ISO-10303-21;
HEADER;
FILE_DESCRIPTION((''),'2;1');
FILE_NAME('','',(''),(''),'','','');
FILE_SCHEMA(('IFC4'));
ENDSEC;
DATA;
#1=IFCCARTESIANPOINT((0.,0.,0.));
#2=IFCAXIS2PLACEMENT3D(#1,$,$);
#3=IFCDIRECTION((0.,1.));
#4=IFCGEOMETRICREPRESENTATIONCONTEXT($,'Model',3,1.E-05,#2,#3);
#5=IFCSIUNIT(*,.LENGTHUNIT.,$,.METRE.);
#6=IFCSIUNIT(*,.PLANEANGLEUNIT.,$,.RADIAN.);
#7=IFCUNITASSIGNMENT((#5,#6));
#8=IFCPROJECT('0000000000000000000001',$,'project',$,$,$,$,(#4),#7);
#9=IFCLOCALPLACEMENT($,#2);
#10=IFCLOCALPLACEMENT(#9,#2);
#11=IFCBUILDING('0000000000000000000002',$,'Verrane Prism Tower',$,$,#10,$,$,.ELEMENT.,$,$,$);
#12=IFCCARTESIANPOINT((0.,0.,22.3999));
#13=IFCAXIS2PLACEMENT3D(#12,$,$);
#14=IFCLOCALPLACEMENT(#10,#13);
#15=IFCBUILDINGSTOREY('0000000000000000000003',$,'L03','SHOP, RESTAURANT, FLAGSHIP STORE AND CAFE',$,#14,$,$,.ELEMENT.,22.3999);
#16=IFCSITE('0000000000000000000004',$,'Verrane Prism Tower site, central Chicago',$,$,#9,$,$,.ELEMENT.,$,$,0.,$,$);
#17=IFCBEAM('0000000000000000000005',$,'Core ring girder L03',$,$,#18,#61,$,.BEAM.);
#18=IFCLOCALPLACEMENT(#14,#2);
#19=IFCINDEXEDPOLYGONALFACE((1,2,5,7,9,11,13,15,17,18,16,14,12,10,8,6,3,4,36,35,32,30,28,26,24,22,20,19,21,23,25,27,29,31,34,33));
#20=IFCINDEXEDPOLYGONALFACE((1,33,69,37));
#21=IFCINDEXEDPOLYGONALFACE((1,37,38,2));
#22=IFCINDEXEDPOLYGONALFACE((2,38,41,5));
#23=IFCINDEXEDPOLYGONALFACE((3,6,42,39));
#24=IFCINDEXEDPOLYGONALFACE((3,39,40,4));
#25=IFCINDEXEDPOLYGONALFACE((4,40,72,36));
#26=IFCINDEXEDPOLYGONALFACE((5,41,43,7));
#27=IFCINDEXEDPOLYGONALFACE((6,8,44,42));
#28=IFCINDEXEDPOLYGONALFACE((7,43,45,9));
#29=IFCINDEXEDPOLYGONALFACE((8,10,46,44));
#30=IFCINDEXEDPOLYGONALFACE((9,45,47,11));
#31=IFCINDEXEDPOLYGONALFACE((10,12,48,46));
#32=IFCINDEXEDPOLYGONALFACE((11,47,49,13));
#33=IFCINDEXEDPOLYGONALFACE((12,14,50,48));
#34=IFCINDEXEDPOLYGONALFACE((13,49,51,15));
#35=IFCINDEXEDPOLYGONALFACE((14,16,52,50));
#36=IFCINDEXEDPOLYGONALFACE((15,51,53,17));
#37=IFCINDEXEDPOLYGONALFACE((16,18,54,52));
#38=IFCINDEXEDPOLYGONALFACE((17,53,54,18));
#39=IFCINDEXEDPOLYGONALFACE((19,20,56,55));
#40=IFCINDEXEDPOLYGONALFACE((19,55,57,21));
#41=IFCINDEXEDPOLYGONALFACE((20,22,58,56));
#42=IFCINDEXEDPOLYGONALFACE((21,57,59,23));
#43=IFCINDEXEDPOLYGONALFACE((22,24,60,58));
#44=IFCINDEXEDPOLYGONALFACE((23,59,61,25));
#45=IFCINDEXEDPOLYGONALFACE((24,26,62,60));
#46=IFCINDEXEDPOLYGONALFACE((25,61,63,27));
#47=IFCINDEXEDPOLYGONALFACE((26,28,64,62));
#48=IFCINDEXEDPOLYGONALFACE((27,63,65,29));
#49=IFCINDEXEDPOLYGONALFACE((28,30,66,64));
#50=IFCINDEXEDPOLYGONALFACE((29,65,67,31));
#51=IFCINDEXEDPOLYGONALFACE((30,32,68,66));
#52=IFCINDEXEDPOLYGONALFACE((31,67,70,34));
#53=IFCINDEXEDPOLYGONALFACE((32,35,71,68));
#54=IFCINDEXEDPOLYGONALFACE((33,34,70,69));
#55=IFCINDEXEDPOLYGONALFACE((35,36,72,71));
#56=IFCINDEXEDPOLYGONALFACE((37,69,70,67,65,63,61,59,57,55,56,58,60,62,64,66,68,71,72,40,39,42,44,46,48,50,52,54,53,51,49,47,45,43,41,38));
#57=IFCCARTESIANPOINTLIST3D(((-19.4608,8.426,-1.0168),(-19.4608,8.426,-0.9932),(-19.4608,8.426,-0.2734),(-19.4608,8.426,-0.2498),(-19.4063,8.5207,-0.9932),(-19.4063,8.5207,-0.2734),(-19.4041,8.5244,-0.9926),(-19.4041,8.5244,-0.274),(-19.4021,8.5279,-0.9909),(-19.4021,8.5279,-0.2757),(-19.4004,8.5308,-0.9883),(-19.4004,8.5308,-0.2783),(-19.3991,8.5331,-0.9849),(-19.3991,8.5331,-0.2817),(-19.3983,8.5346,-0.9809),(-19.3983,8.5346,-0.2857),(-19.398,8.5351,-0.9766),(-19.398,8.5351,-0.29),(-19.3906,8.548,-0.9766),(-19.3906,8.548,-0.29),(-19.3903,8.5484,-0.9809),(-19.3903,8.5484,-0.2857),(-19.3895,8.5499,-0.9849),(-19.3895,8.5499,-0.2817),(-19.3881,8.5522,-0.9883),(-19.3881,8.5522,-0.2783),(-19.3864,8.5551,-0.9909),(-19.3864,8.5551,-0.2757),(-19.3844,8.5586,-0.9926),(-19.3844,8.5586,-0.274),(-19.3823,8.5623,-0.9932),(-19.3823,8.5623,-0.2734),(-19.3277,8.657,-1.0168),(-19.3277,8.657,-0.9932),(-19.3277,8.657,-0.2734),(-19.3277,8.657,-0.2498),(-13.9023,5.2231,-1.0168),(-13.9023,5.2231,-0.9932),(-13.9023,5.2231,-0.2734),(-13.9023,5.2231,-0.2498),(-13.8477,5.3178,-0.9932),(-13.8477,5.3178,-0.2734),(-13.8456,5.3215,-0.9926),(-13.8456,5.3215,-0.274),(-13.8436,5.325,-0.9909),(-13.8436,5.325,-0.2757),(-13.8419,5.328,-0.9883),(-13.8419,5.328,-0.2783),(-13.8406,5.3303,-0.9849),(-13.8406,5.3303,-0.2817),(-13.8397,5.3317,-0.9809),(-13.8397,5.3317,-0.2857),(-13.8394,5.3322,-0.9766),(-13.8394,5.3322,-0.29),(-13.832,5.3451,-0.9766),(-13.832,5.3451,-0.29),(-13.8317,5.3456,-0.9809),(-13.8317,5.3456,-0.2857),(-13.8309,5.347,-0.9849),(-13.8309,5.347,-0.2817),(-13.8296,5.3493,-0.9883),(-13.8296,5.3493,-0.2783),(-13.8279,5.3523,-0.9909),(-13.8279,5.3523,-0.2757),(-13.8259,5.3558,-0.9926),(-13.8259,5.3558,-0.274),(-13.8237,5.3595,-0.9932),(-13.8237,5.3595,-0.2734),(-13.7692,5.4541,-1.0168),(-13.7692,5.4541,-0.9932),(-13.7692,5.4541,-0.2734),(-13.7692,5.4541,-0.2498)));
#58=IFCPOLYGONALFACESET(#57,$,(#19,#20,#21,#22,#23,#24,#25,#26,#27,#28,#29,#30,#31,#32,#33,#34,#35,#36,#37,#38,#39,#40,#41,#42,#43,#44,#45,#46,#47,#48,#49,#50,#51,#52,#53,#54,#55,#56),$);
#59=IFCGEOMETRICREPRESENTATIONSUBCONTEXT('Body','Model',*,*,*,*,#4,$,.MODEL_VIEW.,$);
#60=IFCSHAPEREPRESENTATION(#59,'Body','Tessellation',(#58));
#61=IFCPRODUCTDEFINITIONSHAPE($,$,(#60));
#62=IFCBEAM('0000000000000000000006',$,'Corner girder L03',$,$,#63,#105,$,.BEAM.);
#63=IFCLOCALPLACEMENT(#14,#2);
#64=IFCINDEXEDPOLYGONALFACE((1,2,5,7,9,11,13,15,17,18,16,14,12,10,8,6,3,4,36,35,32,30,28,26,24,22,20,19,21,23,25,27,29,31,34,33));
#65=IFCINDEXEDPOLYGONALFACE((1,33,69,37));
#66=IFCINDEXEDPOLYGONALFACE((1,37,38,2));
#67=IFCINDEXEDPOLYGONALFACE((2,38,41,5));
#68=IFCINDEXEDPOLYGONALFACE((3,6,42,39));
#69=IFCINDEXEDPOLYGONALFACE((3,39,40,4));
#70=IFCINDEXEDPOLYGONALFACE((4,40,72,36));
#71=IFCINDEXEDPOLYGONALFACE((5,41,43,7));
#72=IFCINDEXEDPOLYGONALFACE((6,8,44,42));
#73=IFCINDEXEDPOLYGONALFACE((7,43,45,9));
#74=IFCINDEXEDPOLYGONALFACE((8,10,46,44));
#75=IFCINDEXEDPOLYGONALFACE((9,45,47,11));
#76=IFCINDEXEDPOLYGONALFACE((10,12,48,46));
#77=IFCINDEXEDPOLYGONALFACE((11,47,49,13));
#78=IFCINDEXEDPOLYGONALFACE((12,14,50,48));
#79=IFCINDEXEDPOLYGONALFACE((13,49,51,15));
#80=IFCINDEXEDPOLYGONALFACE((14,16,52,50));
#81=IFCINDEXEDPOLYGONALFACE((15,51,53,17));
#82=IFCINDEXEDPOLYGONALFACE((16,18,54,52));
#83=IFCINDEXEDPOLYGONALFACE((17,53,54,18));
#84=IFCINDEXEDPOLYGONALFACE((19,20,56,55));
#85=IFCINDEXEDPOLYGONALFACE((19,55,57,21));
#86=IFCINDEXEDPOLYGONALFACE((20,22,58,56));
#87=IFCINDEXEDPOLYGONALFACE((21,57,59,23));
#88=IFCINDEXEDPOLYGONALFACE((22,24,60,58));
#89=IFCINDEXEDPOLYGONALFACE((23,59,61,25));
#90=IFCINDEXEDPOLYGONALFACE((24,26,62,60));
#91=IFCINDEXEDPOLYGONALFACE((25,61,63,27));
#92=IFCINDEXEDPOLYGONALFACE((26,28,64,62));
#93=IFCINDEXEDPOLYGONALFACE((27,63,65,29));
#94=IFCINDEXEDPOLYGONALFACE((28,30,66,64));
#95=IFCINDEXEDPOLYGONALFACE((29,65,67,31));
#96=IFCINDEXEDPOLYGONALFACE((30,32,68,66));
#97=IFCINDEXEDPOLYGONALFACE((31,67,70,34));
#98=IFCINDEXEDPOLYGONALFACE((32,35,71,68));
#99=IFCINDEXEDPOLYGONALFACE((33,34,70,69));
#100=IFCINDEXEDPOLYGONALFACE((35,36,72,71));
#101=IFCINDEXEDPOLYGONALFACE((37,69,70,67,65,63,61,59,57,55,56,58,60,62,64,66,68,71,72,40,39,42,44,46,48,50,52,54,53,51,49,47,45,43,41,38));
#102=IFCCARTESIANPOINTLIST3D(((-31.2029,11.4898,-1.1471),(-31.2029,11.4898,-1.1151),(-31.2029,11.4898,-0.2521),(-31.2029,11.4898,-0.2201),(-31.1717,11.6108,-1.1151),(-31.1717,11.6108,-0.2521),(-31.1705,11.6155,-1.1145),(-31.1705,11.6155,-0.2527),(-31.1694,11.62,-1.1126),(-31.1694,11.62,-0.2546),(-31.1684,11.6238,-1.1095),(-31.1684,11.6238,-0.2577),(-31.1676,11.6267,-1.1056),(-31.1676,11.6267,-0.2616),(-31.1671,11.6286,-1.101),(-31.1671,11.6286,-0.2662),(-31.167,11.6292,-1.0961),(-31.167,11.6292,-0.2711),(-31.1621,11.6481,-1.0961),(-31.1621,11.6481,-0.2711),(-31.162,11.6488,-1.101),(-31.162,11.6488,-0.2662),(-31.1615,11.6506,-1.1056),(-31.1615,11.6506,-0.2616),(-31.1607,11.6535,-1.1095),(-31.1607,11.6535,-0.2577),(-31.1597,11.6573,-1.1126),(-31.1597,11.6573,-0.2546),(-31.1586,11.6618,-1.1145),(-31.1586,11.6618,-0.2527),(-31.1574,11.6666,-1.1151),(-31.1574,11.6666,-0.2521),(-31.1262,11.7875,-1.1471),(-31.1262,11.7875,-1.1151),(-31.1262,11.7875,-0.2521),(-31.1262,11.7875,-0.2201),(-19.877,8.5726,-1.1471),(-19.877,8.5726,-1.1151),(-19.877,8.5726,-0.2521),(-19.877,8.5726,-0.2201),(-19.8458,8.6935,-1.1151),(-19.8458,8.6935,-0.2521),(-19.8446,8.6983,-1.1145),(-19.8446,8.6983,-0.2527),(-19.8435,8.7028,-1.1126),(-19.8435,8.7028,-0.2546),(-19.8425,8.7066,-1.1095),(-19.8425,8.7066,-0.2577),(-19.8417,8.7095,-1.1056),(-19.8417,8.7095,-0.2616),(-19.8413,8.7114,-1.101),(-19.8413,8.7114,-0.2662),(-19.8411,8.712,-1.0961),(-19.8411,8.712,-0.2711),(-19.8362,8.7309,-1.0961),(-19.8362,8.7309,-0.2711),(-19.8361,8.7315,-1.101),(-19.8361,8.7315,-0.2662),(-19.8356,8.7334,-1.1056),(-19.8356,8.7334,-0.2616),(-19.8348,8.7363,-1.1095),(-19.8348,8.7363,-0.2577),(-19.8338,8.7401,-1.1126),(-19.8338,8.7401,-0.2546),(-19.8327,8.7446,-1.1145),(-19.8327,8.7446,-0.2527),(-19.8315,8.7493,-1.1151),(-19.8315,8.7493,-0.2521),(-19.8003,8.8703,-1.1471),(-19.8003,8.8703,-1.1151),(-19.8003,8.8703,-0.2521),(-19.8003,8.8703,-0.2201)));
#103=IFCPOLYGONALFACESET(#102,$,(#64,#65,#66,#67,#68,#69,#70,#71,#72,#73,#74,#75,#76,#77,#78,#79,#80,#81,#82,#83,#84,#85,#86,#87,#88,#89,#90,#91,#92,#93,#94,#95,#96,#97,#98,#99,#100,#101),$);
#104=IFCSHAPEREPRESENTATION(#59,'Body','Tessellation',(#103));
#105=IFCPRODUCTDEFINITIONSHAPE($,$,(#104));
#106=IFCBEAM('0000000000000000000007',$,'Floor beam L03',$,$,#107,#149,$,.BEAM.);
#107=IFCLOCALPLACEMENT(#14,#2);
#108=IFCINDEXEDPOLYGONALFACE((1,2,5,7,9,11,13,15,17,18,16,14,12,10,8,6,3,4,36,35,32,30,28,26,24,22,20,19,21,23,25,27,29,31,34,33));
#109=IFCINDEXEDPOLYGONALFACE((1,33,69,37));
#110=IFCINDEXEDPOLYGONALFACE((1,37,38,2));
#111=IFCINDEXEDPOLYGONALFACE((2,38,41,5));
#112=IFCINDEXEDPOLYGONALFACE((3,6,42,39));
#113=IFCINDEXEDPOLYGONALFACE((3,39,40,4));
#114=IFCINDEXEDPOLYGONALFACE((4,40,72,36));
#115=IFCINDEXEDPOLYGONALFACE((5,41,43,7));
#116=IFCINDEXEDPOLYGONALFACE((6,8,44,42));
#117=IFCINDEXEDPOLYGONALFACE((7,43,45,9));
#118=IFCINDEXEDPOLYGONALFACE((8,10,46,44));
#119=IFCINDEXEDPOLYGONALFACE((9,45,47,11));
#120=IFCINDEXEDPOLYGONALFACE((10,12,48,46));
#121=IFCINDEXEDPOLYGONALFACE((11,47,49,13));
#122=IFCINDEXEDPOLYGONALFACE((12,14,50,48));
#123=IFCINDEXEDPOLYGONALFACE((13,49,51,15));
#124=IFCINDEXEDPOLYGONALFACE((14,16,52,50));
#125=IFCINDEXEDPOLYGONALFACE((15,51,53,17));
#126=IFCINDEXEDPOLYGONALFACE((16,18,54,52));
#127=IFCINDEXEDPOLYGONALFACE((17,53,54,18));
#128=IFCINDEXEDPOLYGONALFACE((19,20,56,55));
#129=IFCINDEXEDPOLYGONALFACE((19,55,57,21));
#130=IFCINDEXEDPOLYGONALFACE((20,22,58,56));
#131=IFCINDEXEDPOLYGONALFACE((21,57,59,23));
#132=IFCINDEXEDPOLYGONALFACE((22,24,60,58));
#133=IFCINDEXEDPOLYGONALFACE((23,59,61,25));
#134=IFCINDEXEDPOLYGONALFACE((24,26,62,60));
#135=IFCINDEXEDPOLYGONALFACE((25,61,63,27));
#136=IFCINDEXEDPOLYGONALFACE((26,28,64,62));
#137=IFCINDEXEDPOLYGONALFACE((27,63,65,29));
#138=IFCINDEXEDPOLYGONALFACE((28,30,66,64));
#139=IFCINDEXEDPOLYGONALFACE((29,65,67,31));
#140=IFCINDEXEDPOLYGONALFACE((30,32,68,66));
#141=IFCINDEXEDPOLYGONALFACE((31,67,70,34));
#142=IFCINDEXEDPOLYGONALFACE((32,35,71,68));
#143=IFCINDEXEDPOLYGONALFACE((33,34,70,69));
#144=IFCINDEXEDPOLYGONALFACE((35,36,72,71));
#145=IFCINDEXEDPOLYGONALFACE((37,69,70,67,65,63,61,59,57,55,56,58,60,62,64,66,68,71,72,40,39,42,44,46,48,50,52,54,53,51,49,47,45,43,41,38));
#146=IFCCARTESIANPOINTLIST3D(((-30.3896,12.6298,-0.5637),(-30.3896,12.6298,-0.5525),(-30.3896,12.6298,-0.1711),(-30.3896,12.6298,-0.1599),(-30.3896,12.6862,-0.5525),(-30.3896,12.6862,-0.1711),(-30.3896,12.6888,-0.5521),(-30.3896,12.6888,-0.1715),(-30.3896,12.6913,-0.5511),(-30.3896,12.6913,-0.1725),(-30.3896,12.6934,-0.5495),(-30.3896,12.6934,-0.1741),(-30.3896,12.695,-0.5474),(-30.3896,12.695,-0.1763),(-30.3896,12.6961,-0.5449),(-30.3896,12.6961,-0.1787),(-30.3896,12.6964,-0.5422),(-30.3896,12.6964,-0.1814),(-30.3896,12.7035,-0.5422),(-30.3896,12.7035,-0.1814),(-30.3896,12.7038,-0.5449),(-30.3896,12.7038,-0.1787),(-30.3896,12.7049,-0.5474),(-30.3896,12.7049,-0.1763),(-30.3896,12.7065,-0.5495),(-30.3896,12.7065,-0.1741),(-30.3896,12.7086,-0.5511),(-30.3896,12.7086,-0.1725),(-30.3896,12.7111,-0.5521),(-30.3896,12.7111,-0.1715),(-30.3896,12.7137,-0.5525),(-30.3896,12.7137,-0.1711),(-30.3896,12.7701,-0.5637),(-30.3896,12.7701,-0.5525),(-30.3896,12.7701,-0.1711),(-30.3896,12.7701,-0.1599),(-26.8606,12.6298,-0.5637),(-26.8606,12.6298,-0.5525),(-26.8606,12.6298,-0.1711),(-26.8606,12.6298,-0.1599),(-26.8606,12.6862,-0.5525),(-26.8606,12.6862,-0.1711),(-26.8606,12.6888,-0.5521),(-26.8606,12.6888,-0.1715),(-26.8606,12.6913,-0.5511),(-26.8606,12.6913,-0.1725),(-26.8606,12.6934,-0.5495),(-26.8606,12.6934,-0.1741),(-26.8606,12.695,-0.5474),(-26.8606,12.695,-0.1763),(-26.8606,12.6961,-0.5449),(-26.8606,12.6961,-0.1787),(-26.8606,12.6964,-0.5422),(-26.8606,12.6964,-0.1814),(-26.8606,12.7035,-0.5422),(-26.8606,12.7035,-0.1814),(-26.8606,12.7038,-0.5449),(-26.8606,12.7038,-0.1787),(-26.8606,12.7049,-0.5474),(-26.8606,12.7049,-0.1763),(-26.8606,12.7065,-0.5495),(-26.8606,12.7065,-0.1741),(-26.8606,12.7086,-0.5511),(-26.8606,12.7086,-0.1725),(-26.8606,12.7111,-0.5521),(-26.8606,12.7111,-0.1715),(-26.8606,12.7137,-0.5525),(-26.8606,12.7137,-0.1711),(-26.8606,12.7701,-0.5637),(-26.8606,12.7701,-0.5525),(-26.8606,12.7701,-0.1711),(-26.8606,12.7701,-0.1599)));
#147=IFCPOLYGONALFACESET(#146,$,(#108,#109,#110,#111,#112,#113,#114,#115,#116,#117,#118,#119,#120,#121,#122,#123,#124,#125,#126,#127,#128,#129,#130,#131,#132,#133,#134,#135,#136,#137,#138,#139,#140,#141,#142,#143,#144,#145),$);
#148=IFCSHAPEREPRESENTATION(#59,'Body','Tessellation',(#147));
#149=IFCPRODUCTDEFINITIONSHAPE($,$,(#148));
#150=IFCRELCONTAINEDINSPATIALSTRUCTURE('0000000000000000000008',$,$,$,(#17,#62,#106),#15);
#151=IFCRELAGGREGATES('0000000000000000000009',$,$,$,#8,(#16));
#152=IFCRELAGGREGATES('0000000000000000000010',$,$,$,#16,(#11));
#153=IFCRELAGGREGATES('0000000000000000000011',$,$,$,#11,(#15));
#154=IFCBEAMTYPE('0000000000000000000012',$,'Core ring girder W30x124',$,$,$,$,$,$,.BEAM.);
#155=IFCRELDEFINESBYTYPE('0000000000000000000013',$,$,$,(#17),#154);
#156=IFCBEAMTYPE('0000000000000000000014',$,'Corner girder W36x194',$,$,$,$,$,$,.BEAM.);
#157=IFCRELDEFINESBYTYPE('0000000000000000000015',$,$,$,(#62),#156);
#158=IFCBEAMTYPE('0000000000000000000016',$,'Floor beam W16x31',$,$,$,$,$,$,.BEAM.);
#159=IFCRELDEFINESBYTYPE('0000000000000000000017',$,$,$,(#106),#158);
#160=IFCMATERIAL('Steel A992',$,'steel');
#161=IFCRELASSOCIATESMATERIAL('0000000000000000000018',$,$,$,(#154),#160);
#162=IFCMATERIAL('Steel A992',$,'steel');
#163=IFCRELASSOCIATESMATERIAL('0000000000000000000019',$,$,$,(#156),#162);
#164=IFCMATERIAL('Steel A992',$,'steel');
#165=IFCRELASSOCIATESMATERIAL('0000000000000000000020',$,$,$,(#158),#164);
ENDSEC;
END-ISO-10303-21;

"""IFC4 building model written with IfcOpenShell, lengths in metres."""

from ifc_helpers import new_model, si_unit, direction, frame, origin, origin_2d, place, context, subcontext, project, spatial, i_section, extrude, material, material_profile, profile_set, type_object, element, save


model = new_model("IFC4")

# Units and contexts
model_context = context("Model", 3, precision=1e-05, world=origin(), true_north=direction((0.0, 1.0)))
body_context = subcontext(model_context, "Body", "Model", "MODEL_VIEW")
ifc_project = project(units=[si_unit("LENGTHUNIT", "METRE"), si_unit("PLANEANGLEUNIT", "RADIAN")], contexts=[model_context])

# Site, building, storey
site_placement = place(None, origin())
site = spatial("IfcSite", under=ifc_project, at=site_placement, Name="Verrane Prism Tower site, central Chicago", CompositionType="ELEMENT", RefElevation=0.0)
building_placement = place(site_placement, origin())
building = spatial("IfcBuilding", under=site, at=building_placement, Name="Verrane Prism Tower", CompositionType="ELEMENT")
storey_placement = place(building_placement, frame((0.0, 0.0, 22.3999)))
storey = spatial("IfcBuildingStorey", under=building, at=storey_placement, Name="L03", Description="SHOP, RESTAURANT, FLAGSHIP STORE AND CAFE", CompositionType="ELEMENT", Elevation=22.3999)

# Beams
ifc_material_1 = material(Name="Steel A992", Category="steel")
ifc_material_profile_1 = material_profile(ifc_material_1, i_section(OverallWidth=0.2666, OverallDepth=0.7671, WebThickness=0.0149, FlangeThickness=0.0237, FilletRadius=0.0166, at=origin_2d()), Name="W30x124")
ifc_profile_set_1 = profile_set([ifc_material_profile_1], Name="Steel A992")
beam_type_1 = type_object("IfcBeamType", Name="Core ring girder W30x124", PredefinedType="BEAM", material=ifc_profile_set_1)
beam_1_placement = place(storey_placement, frame((-19.3943, 8.5415, -0.6333), z_axis=(0.866455, -0.499255, 0.0), x_axis=(0.499255, 0.866455, 0.0)))
element("IfcBeam", 1, at=beam_1_placement, inside=storey, type_object=beam_type_1, Name="Core ring girder L03", PredefinedType="BEAM", context=body_context, shape_type="SweptSolid", body=[
    extrude(i_section(OverallWidth=0.2666, OverallDepth=0.7671, WebThickness=0.0149, FlangeThickness=0.0237, FilletRadius=0.0166, at=origin_2d()), origin(), (0.0, 0.0, 1.0), 6.4153),
])
ifc_material_2 = material(Name="Steel A992", Category="steel")
ifc_material_profile_2 = material_profile(ifc_material_2, i_section(OverallWidth=0.3074, OverallDepth=0.927, WebThickness=0.0195, FlangeThickness=0.032, FilletRadius=0.019, at=origin_2d()), Name="W36x194")
ifc_profile_set_2 = profile_set([ifc_material_profile_2], Name="Steel A992")
beam_type_2 = type_object("IfcBeamType", Name="Corner girder W36x194", PredefinedType="BEAM", material=ifc_profile_set_2)
beam_2_placement = place(storey_placement, frame((-31.1646, 11.6387, -0.6836), z_axis=(0.968393, -0.24943, 0.0), x_axis=(0.24943, 0.968393, 0.0)))
element("IfcBeam", 2, at=beam_2_placement, inside=storey, type_object=beam_type_2, Name="Corner girder L03", PredefinedType="BEAM", context=body_context, shape_type="SweptSolid", body=[
    extrude(i_section(OverallWidth=0.3074, OverallDepth=0.927, WebThickness=0.0195, FlangeThickness=0.032, FilletRadius=0.019, at=origin_2d()), origin(), (0.0, 0.0, 1.0), 11.6956),
])
ifc_material_3 = material(Name="Steel A992", Category="steel")
ifc_material_profile_3 = material_profile(ifc_material_3, i_section(OverallWidth=0.1404, OverallDepth=0.4038, WebThickness=0.0071, FlangeThickness=0.0112, FilletRadius=0.0103, at=origin_2d()), Name="W16x31")
ifc_profile_set_3 = profile_set([ifc_material_profile_3], Name="Steel A992")
beam_type_3 = type_object("IfcBeamType", Name="Floor beam W16x31", PredefinedType="BEAM", material=ifc_profile_set_3)
beam_3_placement = place(storey_placement, frame((-30.3896, 12.7, -0.3618), z_axis=(1.0, 0.0, 0.0), x_axis=(0.0, 1.0, 0.0)))
element("IfcBeam", 3, at=beam_3_placement, inside=storey, type_object=beam_type_3, Name="Floor beam L03", PredefinedType="BEAM", context=body_context, shape_type="SweptSolid", body=[
    extrude(i_section(OverallWidth=0.1404, OverallDepth=0.4038, WebThickness=0.0071, FlangeThickness=0.0112, FilletRadius=0.0103, at=origin_2d()), origin(), (0.0, 0.0, 1.0), 3.5291),
])

save(model, "model.ifc")
